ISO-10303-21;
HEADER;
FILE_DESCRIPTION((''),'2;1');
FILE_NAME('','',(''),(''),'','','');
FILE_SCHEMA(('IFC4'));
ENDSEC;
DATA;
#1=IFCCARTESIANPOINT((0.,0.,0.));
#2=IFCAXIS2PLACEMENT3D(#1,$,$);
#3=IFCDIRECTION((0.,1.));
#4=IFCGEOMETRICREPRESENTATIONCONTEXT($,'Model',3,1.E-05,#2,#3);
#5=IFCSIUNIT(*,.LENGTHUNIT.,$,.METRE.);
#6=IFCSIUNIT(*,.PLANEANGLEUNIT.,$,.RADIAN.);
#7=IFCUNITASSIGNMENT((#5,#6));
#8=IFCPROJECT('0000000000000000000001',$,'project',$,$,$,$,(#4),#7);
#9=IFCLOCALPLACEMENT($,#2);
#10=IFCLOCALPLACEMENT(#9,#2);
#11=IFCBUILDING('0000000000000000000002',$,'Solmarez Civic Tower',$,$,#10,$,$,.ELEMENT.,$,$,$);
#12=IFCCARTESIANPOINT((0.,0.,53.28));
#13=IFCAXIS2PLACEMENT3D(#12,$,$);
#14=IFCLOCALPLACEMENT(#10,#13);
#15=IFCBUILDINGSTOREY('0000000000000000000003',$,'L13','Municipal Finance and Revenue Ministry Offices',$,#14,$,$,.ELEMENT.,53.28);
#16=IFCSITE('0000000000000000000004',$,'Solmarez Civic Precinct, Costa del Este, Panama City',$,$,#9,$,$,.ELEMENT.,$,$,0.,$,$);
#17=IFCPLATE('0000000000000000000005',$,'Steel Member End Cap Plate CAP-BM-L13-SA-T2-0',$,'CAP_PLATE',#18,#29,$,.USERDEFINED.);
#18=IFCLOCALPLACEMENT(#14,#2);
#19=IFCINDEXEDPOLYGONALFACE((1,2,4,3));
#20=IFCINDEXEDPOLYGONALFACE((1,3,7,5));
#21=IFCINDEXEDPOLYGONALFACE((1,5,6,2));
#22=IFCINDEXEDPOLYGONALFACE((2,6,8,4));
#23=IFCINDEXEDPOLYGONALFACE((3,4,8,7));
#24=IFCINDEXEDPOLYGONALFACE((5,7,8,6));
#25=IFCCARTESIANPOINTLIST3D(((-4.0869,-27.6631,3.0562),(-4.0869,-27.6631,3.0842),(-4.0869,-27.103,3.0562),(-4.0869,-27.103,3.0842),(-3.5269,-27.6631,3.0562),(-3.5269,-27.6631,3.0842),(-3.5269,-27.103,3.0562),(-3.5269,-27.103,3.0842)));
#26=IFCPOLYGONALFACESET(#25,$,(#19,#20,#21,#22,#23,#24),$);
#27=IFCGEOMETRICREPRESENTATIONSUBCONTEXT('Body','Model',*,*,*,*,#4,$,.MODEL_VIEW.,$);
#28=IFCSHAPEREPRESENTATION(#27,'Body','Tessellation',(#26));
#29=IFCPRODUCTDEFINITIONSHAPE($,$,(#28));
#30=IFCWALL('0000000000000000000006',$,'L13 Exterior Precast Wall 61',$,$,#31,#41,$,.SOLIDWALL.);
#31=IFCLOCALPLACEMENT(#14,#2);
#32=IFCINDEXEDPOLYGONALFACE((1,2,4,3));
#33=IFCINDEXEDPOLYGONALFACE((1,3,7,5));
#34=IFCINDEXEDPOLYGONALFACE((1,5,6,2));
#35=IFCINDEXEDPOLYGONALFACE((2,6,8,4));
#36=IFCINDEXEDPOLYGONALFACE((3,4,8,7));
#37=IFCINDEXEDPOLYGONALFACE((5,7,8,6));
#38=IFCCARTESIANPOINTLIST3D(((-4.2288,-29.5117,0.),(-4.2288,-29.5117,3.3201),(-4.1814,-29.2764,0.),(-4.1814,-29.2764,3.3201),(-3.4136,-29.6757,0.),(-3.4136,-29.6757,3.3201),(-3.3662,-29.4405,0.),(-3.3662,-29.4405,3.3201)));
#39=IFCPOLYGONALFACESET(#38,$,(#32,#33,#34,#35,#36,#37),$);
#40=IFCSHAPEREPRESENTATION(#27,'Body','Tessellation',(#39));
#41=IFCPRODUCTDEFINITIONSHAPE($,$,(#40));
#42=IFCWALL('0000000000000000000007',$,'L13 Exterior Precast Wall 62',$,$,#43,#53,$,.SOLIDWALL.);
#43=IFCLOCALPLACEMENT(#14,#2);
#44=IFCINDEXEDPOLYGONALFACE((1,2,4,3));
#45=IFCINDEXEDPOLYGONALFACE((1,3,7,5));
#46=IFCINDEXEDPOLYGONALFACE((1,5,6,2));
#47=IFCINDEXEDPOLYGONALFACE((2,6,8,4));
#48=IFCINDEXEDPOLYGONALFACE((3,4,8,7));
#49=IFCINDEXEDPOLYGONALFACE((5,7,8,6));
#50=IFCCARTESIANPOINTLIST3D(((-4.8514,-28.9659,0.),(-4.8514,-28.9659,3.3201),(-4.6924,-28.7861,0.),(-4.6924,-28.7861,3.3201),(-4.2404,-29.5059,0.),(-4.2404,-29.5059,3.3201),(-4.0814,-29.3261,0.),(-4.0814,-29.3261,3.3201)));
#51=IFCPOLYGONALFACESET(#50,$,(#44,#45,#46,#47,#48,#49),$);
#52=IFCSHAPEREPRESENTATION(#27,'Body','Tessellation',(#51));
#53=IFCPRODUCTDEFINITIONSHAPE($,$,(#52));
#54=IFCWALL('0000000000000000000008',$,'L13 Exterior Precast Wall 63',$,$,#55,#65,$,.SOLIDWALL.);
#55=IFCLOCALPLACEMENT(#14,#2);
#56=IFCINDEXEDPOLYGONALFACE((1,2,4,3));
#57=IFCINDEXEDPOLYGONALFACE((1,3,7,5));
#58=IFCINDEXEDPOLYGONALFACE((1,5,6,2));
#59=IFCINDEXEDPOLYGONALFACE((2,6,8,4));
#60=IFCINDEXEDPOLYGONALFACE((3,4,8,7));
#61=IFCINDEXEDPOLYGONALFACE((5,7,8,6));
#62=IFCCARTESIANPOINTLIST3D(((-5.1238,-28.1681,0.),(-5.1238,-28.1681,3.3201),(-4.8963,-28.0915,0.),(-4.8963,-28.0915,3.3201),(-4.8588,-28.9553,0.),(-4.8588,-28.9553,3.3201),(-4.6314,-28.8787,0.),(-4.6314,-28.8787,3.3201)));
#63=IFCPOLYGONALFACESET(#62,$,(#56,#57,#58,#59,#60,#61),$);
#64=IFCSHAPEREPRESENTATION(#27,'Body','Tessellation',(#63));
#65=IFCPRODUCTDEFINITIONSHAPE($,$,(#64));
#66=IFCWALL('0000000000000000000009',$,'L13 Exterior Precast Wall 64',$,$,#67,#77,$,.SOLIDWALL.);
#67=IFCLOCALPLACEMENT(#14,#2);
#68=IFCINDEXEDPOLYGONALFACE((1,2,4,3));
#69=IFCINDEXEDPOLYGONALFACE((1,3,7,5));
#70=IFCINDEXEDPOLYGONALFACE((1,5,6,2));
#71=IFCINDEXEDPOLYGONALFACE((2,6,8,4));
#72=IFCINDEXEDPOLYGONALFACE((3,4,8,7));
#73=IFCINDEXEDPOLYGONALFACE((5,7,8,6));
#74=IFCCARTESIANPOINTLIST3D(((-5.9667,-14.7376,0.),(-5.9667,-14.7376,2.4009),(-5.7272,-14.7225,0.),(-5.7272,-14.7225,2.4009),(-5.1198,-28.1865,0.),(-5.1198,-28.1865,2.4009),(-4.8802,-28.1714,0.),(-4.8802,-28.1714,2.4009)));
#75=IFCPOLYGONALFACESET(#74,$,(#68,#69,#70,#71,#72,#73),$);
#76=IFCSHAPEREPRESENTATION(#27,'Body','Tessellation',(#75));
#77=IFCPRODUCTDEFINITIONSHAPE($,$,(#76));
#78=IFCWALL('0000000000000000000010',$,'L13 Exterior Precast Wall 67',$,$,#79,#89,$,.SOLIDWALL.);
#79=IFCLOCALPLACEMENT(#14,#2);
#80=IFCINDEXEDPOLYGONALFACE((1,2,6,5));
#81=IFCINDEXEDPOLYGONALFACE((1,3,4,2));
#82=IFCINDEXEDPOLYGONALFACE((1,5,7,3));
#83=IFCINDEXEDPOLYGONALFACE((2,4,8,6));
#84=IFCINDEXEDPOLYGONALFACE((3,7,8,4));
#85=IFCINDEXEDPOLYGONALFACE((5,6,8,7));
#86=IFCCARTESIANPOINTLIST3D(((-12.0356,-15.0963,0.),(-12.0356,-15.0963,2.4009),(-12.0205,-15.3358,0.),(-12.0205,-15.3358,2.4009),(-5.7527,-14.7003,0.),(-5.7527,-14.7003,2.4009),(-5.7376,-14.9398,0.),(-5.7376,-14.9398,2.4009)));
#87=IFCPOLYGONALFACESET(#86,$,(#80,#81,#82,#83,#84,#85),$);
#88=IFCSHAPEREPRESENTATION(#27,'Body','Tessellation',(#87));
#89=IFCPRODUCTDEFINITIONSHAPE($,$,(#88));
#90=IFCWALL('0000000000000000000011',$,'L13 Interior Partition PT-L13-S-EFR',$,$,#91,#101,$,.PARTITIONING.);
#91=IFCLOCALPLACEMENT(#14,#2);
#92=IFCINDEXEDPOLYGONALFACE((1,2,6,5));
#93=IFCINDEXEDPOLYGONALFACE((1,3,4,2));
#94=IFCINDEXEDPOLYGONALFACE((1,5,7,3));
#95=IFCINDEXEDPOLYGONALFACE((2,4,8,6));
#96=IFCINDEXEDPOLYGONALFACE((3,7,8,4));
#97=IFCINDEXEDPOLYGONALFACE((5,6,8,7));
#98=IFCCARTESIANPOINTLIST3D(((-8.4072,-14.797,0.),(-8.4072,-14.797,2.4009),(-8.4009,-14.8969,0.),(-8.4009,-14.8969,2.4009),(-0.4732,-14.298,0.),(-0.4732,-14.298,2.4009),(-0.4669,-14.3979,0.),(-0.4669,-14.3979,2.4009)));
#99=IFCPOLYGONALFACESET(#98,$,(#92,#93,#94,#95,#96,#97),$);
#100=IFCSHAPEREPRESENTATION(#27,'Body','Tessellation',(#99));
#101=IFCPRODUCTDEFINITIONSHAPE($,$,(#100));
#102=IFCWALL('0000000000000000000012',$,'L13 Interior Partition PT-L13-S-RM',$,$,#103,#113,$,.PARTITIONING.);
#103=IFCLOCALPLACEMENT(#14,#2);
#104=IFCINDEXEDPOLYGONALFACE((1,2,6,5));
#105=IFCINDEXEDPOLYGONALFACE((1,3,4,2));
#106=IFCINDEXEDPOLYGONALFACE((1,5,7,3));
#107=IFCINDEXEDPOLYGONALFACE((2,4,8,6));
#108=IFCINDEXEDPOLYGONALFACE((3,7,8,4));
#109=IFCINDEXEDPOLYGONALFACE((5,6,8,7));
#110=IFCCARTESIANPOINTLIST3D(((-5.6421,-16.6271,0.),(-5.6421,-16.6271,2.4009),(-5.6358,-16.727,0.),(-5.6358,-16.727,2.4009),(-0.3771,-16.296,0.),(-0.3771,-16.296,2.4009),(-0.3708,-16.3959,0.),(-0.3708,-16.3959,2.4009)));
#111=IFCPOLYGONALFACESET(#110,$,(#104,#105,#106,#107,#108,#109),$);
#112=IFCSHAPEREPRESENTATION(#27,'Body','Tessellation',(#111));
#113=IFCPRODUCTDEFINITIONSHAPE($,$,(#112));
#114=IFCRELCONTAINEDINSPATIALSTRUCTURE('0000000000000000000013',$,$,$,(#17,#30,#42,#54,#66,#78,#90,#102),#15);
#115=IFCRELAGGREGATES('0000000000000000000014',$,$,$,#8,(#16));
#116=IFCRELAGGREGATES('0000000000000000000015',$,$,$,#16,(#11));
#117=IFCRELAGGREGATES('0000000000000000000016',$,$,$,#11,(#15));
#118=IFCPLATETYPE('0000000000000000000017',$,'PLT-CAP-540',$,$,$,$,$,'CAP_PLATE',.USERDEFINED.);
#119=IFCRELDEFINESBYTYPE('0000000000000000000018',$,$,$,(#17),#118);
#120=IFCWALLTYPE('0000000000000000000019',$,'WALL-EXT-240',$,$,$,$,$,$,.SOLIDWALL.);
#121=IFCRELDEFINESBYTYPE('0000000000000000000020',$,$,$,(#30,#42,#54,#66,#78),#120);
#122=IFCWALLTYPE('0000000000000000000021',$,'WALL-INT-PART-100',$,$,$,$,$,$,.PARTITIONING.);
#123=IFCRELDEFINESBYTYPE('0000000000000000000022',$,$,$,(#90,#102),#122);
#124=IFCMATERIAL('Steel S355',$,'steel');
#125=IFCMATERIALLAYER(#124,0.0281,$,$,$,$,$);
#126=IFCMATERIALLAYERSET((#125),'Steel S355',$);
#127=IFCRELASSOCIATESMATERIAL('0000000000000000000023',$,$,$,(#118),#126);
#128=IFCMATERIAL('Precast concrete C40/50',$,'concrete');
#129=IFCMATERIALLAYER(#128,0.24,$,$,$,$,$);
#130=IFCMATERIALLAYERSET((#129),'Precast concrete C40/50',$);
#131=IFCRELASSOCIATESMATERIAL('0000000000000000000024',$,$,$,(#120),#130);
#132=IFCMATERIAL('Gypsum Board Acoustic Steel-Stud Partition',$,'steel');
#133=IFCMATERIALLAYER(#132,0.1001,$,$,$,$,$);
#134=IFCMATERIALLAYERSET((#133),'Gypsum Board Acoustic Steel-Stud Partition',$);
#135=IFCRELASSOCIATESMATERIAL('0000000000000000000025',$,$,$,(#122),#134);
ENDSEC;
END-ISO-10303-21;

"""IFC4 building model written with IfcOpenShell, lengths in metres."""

from ifc_helpers import new_model, si_unit, direction, frame, frame_2d, origin, origin_2d, place, context, subcontext, project, spatial, rectangle, extrude, material, layer, layer_set, type_object, element, save


model = new_model("IFC4")

# Units and contexts
model_context = context("Model", 3, precision=1e-05, world=origin(), true_north=direction((0.0, 1.0)))
body_context = subcontext(model_context, "Body", "Model", "MODEL_VIEW")
ifc_project = project(units=[si_unit("LENGTHUNIT", "METRE"), si_unit("PLANEANGLEUNIT", "RADIAN")], contexts=[model_context])

# Site, building, storey
site_placement = place(None, origin())
site = spatial("IfcSite", under=ifc_project, at=site_placement, Name="Solmarez Civic Precinct, Costa del Este, Panama City", CompositionType="ELEMENT", RefElevation=0.0)
building_placement = place(site_placement, origin())
building = spatial("IfcBuilding", under=site, at=building_placement, Name="Solmarez Civic Tower", CompositionType="ELEMENT")
storey_placement = place(building_placement, frame((0.0, 0.0, 53.28)))
storey = spatial("IfcBuildingStorey", under=building, at=storey_placement, Name="L13", Description="Municipal Finance and Revenue Ministry Offices", CompositionType="ELEMENT", Elevation=53.28)

# Shared definitions
ifc_material_1 = material(Name="Steel S355", Category="steel")

# Plate
ifc_layer_1 = layer(ifc_material_1, 0.0281)
ifc_layer_set_1 = layer_set([ifc_layer_1], Name="Steel S355")
plate_type_1 = type_object("IfcPlateType", Name="PLT-CAP-540", ElementType="CAP_PLATE", PredefinedType="USERDEFINED", material=ifc_layer_set_1)
plate_placement = place(storey_placement, frame((-3.8069, -27.3831, 3.0562), z_axis=(0.0, 0.0, 1.0), x_axis=(1.0, 0.0, 0.0)))
element("IfcPlate", 1, at=plate_placement, inside=storey, type_object=plate_type_1, Name="Steel Member End Cap Plate CAP-BM-L13-SA-T2-0", ObjectType="CAP_PLATE", PredefinedType="USERDEFINED", context=body_context, shape_type="SweptSolid", body=[
    extrude(rectangle(XDim=0.5601, YDim=0.5601, at=origin_2d()), origin(), (0.0, 0.0, 1.0), 0.0281),
])

# Walls
ifc_material_2 = material(Name="Precast concrete C40/50", Category="concrete")
ifc_layer_2 = layer(ifc_material_2, 0.24)
ifc_layer_set_2 = layer_set([ifc_layer_2], Name="Precast concrete C40/50")
wall_type_1 = type_object("IfcWallType", Name="WALL-EXT-240", PredefinedType="SOLIDWALL", material=ifc_layer_set_2)
wall_1_placement = place(storey_placement, frame((-3.3899, -29.5581, 0.0), z_axis=(0.0, 0.0, 1.0), x_axis=(-0.980343, 0.197302, 0.0)))
element("IfcWall", 2, at=wall_1_placement, inside=storey, type_object=wall_type_1, Name="L13 Exterior Precast Wall 61", PredefinedType="SOLIDWALL", context=body_context, shape_type="SweptSolid", body=[
    extrude(rectangle(XDim=0.8315, YDim=0.24, at=frame_2d((0.4158, 0.0))), origin(), (0.0, 0.0, 1.0), 3.3201),
])
wall_2_placement = place(storey_placement, frame((-4.1609, -29.416, 0.0), z_axis=(0.0, 0.0, 1.0), x_axis=(-0.749322, 0.662206, 0.0)))
element("IfcWall", 3, at=wall_2_placement, inside=storey, type_object=wall_type_1, Name="L13 Exterior Precast Wall 62", PredefinedType="SOLIDWALL", context=body_context, shape_type="SweptSolid", body=[
    extrude(rectangle(XDim=0.8154, YDim=0.24, at=frame_2d((0.4077, 0.0))), origin(), (0.0, 0.0, 1.0), 3.3201),
])
wall_3_placement = place(storey_placement, frame((-4.7451, -28.917, 0.0), z_axis=(0.0, 0.0, 1.0), x_axis=(-0.31896, 0.947768, 0.0)))
element("IfcWall", 4, at=wall_3_placement, inside=storey, type_object=wall_type_1, Name="L13 Exterior Precast Wall 63", PredefinedType="SOLIDWALL", context=body_context, shape_type="SweptSolid", body=[
    extrude(rectangle(XDim=0.8306, YDim=0.24, at=frame_2d((0.4153, 0.0))), origin(), (0.0, 0.0, 1.0), 3.3201),
])
wall_4_placement = place(storey_placement, frame((-5.0, -28.179, 0.0), z_axis=(0.0, 0.0, 1.0), x_axis=(-0.062849, 0.998023, 0.0)))
element("IfcWall", 5, at=wall_4_placement, inside=storey, type_object=wall_type_1, Name="L13 Exterior Precast Wall 64", PredefinedType="SOLIDWALL", context=body_context, shape_type="SweptSolid", body=[
    extrude(rectangle(XDim=13.4756, YDim=0.24, at=frame_2d((6.7378, 0.0))), origin(), (0.0, 0.0, 1.0), 2.4009),
])
wall_5_placement = place(storey_placement, frame((-5.7451, -14.8201, 0.0), z_axis=(0.0, 0.0, 1.0), x_axis=(-0.99802, -0.062902, 0.0)))
element("IfcWall", 6, at=wall_5_placement, inside=storey, type_object=wall_type_1, Name="L13 Exterior Precast Wall 67", PredefinedType="SOLIDWALL", context=body_context, shape_type="SweptSolid", body=[
    extrude(rectangle(XDim=6.2954, YDim=0.24, at=frame_2d((3.1477, 0.0))), origin(), (0.0, 0.0, 1.0), 2.4009),
])
ifc_material_3 = material(Name="Gypsum Board Acoustic Steel-Stud Partition", Category="steel")
ifc_layer_3 = layer(ifc_material_3, 0.1001)
ifc_layer_set_3 = layer_set([ifc_layer_3], Name="Gypsum Board Acoustic Steel-Stud Partition")
wall_type_2 = type_object("IfcWallType", Name="WALL-INT-PART-100", PredefinedType="PARTITIONING", material=ifc_layer_set_3)
wall_6_placement = place(storey_placement, frame((-8.4041, -14.8469, 0.0), z_axis=(0.0, 0.0, 1.0), x_axis=(0.998028, 0.062772, 0.0)))
element("IfcWall", 7, at=wall_6_placement, inside=storey, type_object=wall_type_2, Name="L13 Interior Partition PT-L13-S-EFR", PredefinedType="PARTITIONING", context=body_context, shape_type="SweptSolid", body=[
    extrude(rectangle(XDim=7.9497, YDim=0.1001, at=frame_2d((3.9749, 0.0))), origin(), (0.0, 0.0, 1.0), 2.4009),
])
wall_7_placement = place(storey_placement, frame((-5.6389, -16.677, 0.0), z_axis=(0.0, 0.0, 1.0), x_axis=(0.998029, 0.062756, 0.0)))
element("IfcWall", 8, at=wall_7_placement, inside=storey, type_object=wall_type_2, Name="L13 Interior Partition PT-L13-S-RM", PredefinedType="PARTITIONING", context=body_context, shape_type="SweptSolid", body=[
    extrude(rectangle(XDim=5.2754, YDim=0.1001, at=frame_2d((2.6377, 0.0))), origin(), (0.0, 0.0, 1.0), 2.4009),
])

save(model, "model.ifc")
